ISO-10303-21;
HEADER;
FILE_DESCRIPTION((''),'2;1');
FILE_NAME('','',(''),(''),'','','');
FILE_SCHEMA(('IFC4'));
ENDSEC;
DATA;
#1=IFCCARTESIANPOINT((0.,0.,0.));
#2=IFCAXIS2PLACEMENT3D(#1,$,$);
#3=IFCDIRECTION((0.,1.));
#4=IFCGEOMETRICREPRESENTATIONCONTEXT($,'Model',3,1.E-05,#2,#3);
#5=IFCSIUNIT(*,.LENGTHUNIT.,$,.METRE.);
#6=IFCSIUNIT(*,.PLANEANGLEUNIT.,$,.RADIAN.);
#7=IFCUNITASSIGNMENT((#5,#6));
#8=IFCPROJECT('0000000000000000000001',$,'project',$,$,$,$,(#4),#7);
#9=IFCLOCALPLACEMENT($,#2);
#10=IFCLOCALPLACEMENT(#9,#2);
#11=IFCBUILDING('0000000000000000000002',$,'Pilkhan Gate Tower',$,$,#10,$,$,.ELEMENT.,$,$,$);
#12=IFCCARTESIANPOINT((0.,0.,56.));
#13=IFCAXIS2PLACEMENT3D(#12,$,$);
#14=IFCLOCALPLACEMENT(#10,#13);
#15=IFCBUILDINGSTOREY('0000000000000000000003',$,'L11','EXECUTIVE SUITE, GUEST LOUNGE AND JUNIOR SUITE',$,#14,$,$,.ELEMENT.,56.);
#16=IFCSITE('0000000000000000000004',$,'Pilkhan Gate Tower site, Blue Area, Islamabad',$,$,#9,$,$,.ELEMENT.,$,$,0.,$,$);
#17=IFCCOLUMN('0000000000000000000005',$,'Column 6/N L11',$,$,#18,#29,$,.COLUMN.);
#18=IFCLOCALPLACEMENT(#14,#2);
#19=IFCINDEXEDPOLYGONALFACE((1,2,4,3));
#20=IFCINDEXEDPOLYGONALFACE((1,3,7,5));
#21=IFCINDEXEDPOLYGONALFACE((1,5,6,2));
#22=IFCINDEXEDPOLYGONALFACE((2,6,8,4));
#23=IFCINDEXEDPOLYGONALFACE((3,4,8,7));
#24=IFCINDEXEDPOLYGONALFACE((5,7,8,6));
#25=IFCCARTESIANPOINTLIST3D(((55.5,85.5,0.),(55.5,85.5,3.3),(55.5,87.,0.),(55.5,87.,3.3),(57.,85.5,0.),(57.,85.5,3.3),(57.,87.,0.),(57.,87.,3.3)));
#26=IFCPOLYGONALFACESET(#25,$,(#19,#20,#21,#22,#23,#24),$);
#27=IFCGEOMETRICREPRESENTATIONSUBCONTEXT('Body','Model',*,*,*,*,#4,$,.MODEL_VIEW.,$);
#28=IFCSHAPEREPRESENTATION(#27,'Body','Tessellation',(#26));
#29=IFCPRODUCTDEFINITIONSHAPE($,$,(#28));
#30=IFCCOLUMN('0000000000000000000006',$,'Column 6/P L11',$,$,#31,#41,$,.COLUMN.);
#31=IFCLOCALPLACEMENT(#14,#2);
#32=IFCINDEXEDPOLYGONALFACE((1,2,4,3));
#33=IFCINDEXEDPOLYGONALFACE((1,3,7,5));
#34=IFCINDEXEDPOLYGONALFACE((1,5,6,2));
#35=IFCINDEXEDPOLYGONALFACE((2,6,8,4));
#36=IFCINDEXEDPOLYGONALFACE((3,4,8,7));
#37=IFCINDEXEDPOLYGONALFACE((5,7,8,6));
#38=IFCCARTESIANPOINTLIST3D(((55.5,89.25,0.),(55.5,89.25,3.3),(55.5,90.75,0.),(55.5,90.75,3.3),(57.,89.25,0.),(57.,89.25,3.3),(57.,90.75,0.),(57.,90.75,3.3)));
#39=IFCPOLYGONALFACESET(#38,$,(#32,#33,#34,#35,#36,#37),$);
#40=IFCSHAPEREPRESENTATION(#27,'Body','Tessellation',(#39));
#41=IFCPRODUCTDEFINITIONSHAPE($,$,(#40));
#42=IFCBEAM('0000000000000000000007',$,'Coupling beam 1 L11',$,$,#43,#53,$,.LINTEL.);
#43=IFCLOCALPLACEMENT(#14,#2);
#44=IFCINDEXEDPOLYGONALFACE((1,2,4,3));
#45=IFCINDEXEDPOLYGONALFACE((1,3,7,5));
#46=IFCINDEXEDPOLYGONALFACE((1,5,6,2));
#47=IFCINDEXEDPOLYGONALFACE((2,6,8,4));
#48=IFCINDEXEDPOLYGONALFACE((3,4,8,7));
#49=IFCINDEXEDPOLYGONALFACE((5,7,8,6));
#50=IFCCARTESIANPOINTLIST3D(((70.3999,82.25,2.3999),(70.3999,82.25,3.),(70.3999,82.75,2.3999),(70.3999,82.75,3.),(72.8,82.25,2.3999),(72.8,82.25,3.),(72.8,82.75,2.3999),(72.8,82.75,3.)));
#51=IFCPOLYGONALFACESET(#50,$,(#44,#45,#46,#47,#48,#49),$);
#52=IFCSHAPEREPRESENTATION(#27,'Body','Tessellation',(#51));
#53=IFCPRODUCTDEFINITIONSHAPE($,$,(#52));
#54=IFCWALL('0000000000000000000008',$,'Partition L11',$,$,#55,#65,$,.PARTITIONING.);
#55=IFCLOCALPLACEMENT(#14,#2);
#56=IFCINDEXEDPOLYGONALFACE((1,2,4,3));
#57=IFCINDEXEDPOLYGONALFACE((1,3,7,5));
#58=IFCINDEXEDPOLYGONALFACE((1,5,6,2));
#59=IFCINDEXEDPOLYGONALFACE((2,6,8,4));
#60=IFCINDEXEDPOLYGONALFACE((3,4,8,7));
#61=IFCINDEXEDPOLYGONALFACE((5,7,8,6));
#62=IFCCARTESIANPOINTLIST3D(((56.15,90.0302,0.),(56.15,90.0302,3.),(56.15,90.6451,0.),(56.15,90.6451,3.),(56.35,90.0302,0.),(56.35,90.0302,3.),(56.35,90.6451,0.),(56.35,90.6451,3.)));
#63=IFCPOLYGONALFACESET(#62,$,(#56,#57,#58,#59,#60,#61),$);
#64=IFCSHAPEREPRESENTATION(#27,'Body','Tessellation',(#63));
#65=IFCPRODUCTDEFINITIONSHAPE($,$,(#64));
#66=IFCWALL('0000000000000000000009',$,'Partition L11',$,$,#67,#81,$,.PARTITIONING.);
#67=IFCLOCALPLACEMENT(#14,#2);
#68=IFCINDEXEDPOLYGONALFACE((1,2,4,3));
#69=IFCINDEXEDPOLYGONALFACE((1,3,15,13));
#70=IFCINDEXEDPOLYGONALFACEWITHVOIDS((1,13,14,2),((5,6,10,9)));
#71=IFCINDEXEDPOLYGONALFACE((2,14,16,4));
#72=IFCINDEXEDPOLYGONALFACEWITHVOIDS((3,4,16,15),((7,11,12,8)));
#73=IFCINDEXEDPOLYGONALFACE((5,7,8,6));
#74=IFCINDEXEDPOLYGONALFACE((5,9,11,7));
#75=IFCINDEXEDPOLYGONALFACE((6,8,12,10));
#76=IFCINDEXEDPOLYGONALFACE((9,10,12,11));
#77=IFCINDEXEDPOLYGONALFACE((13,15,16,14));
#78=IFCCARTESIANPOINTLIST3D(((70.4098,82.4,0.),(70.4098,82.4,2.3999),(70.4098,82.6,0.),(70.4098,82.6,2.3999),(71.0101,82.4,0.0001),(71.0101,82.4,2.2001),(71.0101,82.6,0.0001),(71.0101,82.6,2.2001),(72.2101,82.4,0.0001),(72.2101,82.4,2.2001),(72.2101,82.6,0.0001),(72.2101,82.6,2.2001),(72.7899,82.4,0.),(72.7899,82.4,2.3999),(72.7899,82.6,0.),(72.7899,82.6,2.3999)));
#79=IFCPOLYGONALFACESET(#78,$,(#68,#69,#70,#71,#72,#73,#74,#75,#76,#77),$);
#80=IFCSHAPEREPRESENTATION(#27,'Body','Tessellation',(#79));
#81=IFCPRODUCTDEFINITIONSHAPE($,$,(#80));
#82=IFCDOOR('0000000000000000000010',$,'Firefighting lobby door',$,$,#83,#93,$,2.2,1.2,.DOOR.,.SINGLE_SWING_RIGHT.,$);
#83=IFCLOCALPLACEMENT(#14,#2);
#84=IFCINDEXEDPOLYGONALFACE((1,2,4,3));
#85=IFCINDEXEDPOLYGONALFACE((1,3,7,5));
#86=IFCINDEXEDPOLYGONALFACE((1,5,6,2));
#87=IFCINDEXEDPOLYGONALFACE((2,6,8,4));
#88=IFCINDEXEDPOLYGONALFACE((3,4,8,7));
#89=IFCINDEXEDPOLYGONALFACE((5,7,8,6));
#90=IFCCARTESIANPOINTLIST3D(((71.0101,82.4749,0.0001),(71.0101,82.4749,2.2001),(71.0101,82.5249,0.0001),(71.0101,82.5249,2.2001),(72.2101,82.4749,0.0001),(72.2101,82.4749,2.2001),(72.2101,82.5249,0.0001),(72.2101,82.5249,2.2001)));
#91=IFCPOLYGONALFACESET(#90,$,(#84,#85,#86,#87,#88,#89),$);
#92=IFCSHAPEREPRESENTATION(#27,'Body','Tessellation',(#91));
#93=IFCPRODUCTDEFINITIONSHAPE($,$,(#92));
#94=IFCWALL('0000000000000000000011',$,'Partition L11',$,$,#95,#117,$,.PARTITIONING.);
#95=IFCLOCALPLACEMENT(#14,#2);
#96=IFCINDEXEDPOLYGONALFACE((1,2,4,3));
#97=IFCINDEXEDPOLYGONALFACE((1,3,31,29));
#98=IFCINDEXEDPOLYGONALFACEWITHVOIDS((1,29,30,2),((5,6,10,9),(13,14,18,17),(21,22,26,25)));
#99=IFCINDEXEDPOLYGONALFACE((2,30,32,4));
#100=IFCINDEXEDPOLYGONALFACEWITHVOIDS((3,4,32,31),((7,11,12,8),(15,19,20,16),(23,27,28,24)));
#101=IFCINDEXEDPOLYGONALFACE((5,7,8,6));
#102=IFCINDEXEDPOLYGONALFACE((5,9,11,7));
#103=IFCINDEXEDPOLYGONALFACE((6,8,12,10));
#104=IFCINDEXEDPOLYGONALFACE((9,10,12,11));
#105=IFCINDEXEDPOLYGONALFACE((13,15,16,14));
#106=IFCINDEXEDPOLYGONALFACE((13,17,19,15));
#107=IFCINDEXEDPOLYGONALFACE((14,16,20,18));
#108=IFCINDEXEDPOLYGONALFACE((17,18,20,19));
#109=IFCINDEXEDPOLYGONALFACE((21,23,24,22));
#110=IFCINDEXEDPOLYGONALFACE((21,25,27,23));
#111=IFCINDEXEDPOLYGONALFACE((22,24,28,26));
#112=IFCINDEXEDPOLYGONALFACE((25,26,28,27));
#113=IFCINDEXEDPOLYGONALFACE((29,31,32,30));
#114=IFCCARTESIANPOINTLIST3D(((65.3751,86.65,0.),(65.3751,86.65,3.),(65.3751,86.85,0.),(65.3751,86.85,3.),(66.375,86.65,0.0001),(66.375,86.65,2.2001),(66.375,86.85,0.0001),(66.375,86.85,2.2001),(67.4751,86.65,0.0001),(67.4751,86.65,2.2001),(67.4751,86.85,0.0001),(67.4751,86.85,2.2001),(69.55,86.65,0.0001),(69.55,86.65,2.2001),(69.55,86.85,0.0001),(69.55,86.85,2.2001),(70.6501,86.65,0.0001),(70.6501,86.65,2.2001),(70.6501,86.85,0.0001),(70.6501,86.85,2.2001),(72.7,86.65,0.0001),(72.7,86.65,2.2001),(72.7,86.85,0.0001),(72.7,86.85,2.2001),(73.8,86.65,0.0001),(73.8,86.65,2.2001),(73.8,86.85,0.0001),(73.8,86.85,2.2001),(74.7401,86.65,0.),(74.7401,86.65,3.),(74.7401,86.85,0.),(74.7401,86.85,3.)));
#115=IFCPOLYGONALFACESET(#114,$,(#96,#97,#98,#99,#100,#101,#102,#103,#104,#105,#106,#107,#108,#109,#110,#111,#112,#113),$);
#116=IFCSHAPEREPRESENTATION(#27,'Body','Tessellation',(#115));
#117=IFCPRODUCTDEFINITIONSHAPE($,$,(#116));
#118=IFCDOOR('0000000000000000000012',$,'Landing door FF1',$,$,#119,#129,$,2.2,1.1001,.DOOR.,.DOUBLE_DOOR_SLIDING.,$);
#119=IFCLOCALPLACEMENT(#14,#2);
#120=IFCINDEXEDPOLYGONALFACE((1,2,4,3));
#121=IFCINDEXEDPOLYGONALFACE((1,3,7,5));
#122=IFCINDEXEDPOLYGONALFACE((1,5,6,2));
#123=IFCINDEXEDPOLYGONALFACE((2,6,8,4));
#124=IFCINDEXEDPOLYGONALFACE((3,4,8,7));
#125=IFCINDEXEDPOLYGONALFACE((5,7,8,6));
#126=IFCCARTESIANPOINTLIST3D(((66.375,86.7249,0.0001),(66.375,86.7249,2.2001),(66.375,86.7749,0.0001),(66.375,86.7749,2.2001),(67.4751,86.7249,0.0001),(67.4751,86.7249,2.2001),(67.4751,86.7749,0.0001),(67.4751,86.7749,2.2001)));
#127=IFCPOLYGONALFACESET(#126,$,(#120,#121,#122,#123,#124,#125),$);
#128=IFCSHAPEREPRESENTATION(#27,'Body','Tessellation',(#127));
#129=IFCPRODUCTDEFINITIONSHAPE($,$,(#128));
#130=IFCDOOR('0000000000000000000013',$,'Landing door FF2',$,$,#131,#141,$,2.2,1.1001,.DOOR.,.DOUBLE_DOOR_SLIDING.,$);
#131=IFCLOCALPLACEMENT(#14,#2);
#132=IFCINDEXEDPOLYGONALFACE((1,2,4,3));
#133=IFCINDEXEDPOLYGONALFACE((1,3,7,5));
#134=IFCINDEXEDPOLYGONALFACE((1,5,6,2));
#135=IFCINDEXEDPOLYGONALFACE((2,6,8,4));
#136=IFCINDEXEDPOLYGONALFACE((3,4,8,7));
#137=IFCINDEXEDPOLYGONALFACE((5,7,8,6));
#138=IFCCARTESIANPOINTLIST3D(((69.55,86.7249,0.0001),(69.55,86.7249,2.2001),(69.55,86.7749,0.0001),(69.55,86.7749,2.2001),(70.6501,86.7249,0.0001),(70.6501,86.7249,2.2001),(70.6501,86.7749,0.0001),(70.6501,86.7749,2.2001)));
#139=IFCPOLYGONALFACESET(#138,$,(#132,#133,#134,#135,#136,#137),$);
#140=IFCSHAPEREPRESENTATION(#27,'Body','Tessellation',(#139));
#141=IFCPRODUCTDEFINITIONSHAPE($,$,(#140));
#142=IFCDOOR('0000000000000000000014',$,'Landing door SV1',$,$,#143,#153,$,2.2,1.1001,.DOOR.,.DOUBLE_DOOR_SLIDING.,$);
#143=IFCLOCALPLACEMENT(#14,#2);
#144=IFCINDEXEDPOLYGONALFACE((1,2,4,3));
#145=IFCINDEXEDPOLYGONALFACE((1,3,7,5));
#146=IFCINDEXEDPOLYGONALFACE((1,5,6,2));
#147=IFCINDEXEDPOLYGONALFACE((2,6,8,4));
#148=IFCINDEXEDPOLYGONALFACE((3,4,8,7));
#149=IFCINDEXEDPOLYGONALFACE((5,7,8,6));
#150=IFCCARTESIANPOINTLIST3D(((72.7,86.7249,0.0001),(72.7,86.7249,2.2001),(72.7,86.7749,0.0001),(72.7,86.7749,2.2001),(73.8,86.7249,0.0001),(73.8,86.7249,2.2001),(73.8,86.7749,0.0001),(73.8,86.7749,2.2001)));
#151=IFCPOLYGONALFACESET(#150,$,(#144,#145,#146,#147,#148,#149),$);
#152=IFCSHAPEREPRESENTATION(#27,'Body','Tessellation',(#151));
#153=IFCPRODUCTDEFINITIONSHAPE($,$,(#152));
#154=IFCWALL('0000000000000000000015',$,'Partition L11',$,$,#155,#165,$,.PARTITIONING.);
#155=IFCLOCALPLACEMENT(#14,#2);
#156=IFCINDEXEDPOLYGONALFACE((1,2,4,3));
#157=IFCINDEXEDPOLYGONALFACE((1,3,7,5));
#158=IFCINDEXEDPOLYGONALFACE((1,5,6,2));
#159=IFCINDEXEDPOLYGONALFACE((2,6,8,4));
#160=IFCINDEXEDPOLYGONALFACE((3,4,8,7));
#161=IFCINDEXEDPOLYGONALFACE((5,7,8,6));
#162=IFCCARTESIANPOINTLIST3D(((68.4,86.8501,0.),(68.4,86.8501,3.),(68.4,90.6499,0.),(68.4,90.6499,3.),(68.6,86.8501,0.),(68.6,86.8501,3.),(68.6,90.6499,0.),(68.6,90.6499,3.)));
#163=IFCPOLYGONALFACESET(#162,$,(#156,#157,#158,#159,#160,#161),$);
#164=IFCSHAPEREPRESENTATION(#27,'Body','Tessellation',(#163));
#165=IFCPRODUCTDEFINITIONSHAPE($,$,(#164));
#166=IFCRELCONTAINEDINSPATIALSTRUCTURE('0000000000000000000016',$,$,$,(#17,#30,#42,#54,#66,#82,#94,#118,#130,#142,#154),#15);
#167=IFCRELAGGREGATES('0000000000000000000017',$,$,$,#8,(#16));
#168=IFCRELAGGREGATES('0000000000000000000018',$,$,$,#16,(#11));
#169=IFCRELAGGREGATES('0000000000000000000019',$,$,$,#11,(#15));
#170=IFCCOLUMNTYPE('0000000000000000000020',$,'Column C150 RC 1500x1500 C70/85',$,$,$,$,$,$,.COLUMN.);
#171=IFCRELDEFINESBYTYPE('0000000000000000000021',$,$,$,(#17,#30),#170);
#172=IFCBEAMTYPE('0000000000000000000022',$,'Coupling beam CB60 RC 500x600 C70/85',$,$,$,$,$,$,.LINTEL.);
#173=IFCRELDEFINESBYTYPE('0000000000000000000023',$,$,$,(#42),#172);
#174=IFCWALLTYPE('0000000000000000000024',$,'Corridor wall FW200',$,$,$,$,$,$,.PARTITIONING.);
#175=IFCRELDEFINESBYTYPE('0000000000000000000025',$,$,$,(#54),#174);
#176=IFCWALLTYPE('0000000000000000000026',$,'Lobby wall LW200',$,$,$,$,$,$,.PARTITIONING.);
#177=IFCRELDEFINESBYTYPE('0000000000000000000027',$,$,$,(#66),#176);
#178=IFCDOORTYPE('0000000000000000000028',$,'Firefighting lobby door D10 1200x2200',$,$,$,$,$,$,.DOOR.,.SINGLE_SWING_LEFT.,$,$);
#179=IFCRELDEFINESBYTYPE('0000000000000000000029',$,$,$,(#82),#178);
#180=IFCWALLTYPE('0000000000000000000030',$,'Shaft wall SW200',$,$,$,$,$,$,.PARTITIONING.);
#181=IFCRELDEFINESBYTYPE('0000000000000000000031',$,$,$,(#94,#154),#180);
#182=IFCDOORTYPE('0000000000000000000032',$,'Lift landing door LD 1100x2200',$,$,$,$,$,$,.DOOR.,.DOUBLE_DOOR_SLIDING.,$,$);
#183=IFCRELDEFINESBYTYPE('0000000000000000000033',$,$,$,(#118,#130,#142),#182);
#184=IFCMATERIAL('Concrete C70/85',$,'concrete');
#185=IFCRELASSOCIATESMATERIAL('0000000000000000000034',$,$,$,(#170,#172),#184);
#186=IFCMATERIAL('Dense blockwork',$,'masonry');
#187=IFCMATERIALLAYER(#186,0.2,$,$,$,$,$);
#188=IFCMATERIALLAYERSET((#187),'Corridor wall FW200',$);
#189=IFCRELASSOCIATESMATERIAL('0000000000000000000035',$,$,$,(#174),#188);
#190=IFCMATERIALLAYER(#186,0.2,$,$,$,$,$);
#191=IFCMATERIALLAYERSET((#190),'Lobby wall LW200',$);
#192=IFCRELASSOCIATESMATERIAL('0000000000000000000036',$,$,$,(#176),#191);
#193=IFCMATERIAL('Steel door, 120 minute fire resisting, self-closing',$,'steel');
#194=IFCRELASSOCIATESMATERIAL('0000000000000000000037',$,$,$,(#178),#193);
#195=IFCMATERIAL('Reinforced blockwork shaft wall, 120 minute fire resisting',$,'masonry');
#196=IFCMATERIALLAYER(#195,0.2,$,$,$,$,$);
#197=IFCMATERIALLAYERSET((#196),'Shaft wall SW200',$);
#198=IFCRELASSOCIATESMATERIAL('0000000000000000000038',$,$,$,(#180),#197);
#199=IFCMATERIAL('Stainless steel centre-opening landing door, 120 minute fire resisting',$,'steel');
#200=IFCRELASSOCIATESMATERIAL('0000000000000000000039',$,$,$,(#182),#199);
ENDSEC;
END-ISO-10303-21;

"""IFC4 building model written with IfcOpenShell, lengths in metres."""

from ifc_helpers import new_model, si_unit, direction, frame, frame_2d, origin, origin_2d, place, context, subcontext, project, spatial, rectangle, extrude, material, layer, layer_set, material_profile, profile_set, type_object, element, fill, save


model = new_model("IFC4")

# Units and contexts
model_context = context("Model", 3, precision=1e-05, world=origin(), true_north=direction((0.0, 1.0)))
body_context = subcontext(model_context, "Body", "Model", "MODEL_VIEW")
ifc_project = project(units=[si_unit("LENGTHUNIT", "METRE"), si_unit("PLANEANGLEUNIT", "RADIAN")], contexts=[model_context])

# Site, building, storey
site_placement = place(None, origin())
site = spatial("IfcSite", under=ifc_project, at=site_placement, Name="Pilkhan Gate Tower site, Blue Area, Islamabad", CompositionType="ELEMENT", RefElevation=0.0)
building_placement = place(site_placement, origin())
building = spatial("IfcBuilding", under=site, at=building_placement, Name="Pilkhan Gate Tower", CompositionType="ELEMENT")
storey_placement = place(building_placement, frame((0.0, 0.0, 56.0)))
storey = spatial("IfcBuildingStorey", under=building, at=storey_placement, Name="L11", Description="EXECUTIVE SUITE, GUEST LOUNGE AND JUNIOR SUITE", CompositionType="ELEMENT", Elevation=56.0)

# Columns
ifc_material_1 = material(Name="Concrete C70/85", Category="concrete")
ifc_material_profile_1 = material_profile(ifc_material_1, rectangle(XDim=1.5, YDim=1.5, at=origin_2d()), Name="RC 1500x1500")
ifc_profile_set_1 = profile_set([ifc_material_profile_1], Name="Concrete C70/85")
column_type = type_object("IfcColumnType", Name="Column C150 RC 1500x1500 C70/85", PredefinedType="COLUMN", material=ifc_profile_set_1)
for number, where, z_axis, x_axis, name in (
    (1, (56.25, 86.25, 0.0), (0.0, 0.0, 1.0), (1.0, 0.0, 0.0), "Column 6/N L11"),
    (2, (56.25, 90.0, 0.0), (0.0, 0.0, 1.0), (1.0, 0.0, 0.0), "Column 6/P L11"),
):
    element("IfcColumn", number, at=place(storey_placement, frame(where, z_axis=z_axis, x_axis=x_axis)), inside=storey, type_object=column_type, Name=name, PredefinedType="COLUMN", context=body_context, shape_type="SweptSolid", body=[
        extrude(rectangle(XDim=1.5, YDim=1.5, at=origin_2d()), origin(), (0.0, 0.0, 1.0), 3.3),
    ])

# Beam
ifc_material_profile_2 = material_profile(ifc_material_1, rectangle(XDim=0.5, YDim=0.6001, at=origin_2d()), Name="RC 500x600")
ifc_profile_set_2 = profile_set([ifc_material_profile_2], Name="Concrete C70/85")
beam_type = type_object("IfcBeamType", Name="Coupling beam CB60 RC 500x600 C70/85", PredefinedType="LINTEL", material=ifc_profile_set_2)
beam_placement = place(storey_placement, frame((70.3999, 82.5, 2.7), z_axis=(1.0, 0.0, 0.0), x_axis=(0.0, 1.0, 0.0)))
element("IfcBeam", 3, at=beam_placement, inside=storey, type_object=beam_type, Name="Coupling beam 1 L11", PredefinedType="LINTEL", context=body_context, shape_type="SweptSolid", body=[
    extrude(rectangle(XDim=0.5, YDim=0.6001, at=origin_2d()), origin(), (0.0, 0.0, 1.0), 2.4001),
])

# Wall
ifc_material_2 = material(Name="Dense blockwork", Category="masonry")
ifc_layer_1 = layer(ifc_material_2, 0.2)
ifc_layer_set_1 = layer_set([ifc_layer_1], Name="Corridor wall FW200")
wall_type_1 = type_object("IfcWallType", Name="Corridor wall FW200", PredefinedType="PARTITIONING", material=ifc_layer_set_1)
wall_1_placement = place(storey_placement, frame((56.25, 90.03, 0.0), z_axis=(0.0, 0.0, 1.0), x_axis=(0.0, 1.0, 0.0)))
element("IfcWall", 4, at=wall_1_placement, inside=storey, type_object=wall_type_1, Name="Partition L11", PredefinedType="PARTITIONING", context=body_context, shape_type="SweptSolid", body=[
    extrude(rectangle(XDim=0.615, YDim=0.2, at=frame_2d((0.3076, 0.0))), origin(), (0.0, 0.0, 1.0), 3.0),
])

# Wall, opening, door
ifc_layer_2 = layer(ifc_material_2, 0.2)
ifc_layer_set_2 = layer_set([ifc_layer_2], Name="Lobby wall LW200")
wall_type_2 = type_object("IfcWallType", Name="Lobby wall LW200", PredefinedType="PARTITIONING", material=ifc_layer_set_2)
wall_2_placement = place(storey_placement, frame((70.4099, 82.5, 0.0), z_axis=(0.0, 0.0, 1.0), x_axis=(1.0, 0.0, 0.0)))
wall_2 = element("IfcWall", 5, at=wall_2_placement, inside=storey, type_object=wall_type_2, Name="Partition L11", PredefinedType="PARTITIONING", context=body_context, shape_type="SweptSolid", body=[
    extrude(rectangle(XDim=2.3801, YDim=0.2, at=frame_2d((1.1899, 0.0))), origin(), (0.0, 0.0, 1.0), 2.3999),
])
opening_1_placement = place(wall_2_placement, frame((0.6001, 0.0, 0.0)))
opening_1 = element("IfcOpeningElement", 6, at=opening_1_placement, cuts=wall_2, PredefinedType="OPENING", context=body_context, shape_type="SweptSolid", body=[
    extrude(rectangle(XDim=1.2, YDim=2.2, at=frame_2d((0.6001, 1.1001))), frame((0.0, 0.1099, 0.0), z_axis=(0.0, -1.0, 0.0), x_axis=(1.0, 0.0, 0.0)), (0.0, 0.0, 1.0), 0.22),
])
ifc_material_3 = material(Name="Steel door, 120 minute fire resisting, self-closing", Category="steel")
door_type_1 = type_object("IfcDoorType", Name="Firefighting lobby door D10 1200x2200", OperationType="SINGLE_SWING_LEFT", PredefinedType="DOOR", material=ifc_material_3)
door_1_placement = place(opening_1_placement, origin())
door_1 = element("IfcDoor", 7, at=door_1_placement, inside=storey, type_object=door_type_1, Name="Firefighting lobby door", OperationType="SINGLE_SWING_RIGHT", OverallHeight=2.2, OverallWidth=1.2, PredefinedType="DOOR", context=body_context, shape_type="SweptSolid", body=[
    extrude(rectangle(XDim=1.2, YDim=2.2, at=frame_2d((0.6001, 1.1001))), frame((0.0, 0.0249, 0.0), z_axis=(0.0, -1.0, 0.0), x_axis=(1.0, 0.0, 0.0)), (0.0, 0.0, 1.0), 0.05),
])
fill(opening_1, door_1)

# Wall, openings, doors
ifc_material_4 = material(Name="Reinforced blockwork shaft wall, 120 minute fire resisting", Category="masonry")
ifc_layer_3 = layer(ifc_material_4, 0.2)
ifc_layer_set_3 = layer_set([ifc_layer_3], Name="Shaft wall SW200")
wall_type_3 = type_object("IfcWallType", Name="Shaft wall SW200", PredefinedType="PARTITIONING", material=ifc_layer_set_3)
wall_3_placement = place(storey_placement, frame((65.375, 86.75, 0.0), z_axis=(0.0, 0.0, 1.0), x_axis=(1.0, 0.0, 0.0)))
wall_3 = element("IfcWall", 8, at=wall_3_placement, inside=storey, type_object=wall_type_3, Name="Partition L11", PredefinedType="PARTITIONING", context=body_context, shape_type="SweptSolid", body=[
    extrude(rectangle(XDim=9.365, YDim=0.2, at=frame_2d((4.6826, 0.0))), origin(), (0.0, 0.0, 1.0), 3.0),
])
opening_2_placement = place(wall_3_placement, frame((1.0, 0.0, 0.0)))
opening_2 = element("IfcOpeningElement", 9, at=opening_2_placement, cuts=wall_3, PredefinedType="OPENING", context=body_context, shape_type="SweptSolid", body=[
    extrude(rectangle(XDim=1.1001, YDim=2.2, at=frame_2d((0.55, 1.1001))), frame((0.0, 0.1099, 0.0), z_axis=(0.0, -1.0, 0.0), x_axis=(1.0, 0.0, 0.0)), (0.0, 0.0, 1.0), 0.22),
])
opening_3_placement = place(wall_3_placement, frame((4.175, 0.0, 0.0)))
opening_3 = element("IfcOpeningElement", 10, at=opening_3_placement, cuts=wall_3, PredefinedType="OPENING", context=body_context, shape_type="SweptSolid", body=[
    extrude(rectangle(XDim=1.1001, YDim=2.2, at=frame_2d((0.55, 1.1001))), frame((0.0, 0.1099, 0.0), z_axis=(0.0, -1.0, 0.0), x_axis=(1.0, 0.0, 0.0)), (0.0, 0.0, 1.0), 0.22),
])
opening_4_placement = place(wall_3_placement, frame((7.325, 0.0, 0.0)))
opening_4 = element("IfcOpeningElement", 11, at=opening_4_placement, cuts=wall_3, PredefinedType="OPENING", context=body_context, shape_type="SweptSolid", body=[
    extrude(rectangle(XDim=1.1001, YDim=2.2, at=frame_2d((0.55, 1.1001))), frame((0.0, 0.1099, 0.0), z_axis=(0.0, -1.0, 0.0), x_axis=(1.0, 0.0, 0.0)), (0.0, 0.0, 1.0), 0.22),
])
ifc_material_5 = material(Name="Stainless steel centre-opening landing door, 120 minute fire resisting", Category="steel")
door_type_2 = type_object("IfcDoorType", Name="Lift landing door LD 1100x2200", OperationType="DOUBLE_DOOR_SLIDING", PredefinedType="DOOR", material=ifc_material_5)
door_2_placement = place(opening_2_placement, origin())
door_2 = element("IfcDoor", 12, at=door_2_placement, inside=storey, type_object=door_type_2, Name="Landing door FF1", OperationType="DOUBLE_DOOR_SLIDING", OverallHeight=2.2, OverallWidth=1.1001, PredefinedType="DOOR", context=body_context, shape_type="SweptSolid", body=[
    extrude(rectangle(XDim=1.1001, YDim=2.2, at=frame_2d((0.55, 1.1001))), frame((0.0, 0.0249, 0.0), z_axis=(0.0, -1.0, 0.0), x_axis=(1.0, 0.0, 0.0)), (0.0, 0.0, 1.0), 0.05),
])
fill(opening_2, door_2)
door_3_placement = place(opening_3_placement, origin())
door_3 = element("IfcDoor", 13, at=door_3_placement, inside=storey, type_object=door_type_2, Name="Landing door FF2", OperationType="DOUBLE_DOOR_SLIDING", OverallHeight=2.2, OverallWidth=1.1001, PredefinedType="DOOR", context=body_context, shape_type="SweptSolid", body=[
    extrude(rectangle(XDim=1.1001, YDim=2.2, at=frame_2d((0.55, 1.1001))), frame((0.0, 0.0249, 0.0), z_axis=(0.0, -1.0, 0.0), x_axis=(1.0, 0.0, 0.0)), (0.0, 0.0, 1.0), 0.05),
])
fill(opening_3, door_3)
door_4_placement = place(opening_4_placement, origin())
door_4 = element("IfcDoor", 14, at=door_4_placement, inside=storey, type_object=door_type_2, Name="Landing door SV1", OperationType="DOUBLE_DOOR_SLIDING", OverallHeight=2.2, OverallWidth=1.1001, PredefinedType="DOOR", context=body_context, shape_type="SweptSolid", body=[
    extrude(rectangle(XDim=1.1001, YDim=2.2, at=frame_2d((0.55, 1.1001))), frame((0.0, 0.0249, 0.0), z_axis=(0.0, -1.0, 0.0), x_axis=(1.0, 0.0, 0.0)), (0.0, 0.0, 1.0), 0.05),
])
fill(opening_4, door_4)

# Wall
for number, where, z_axis, x_axis, name in (
    (15, (68.5, 86.8501, 0.0), (0.0, 0.0, 1.0), (0.0, 1.0, 0.0), "Partition L11"),
):
    element("IfcWall", number, at=place(storey_placement, frame(where, z_axis=z_axis, x_axis=x_axis)), inside=storey, type_object=wall_type_3, Name=name, PredefinedType="PARTITIONING", context=body_context, shape_type="SweptSolid", body=[
        extrude(rectangle(XDim=3.7998, YDim=0.2, at=frame_2d((1.8999, 0.0))), origin(), (0.0, 0.0, 1.0), 3.0),
    ])

save(model, "model.ifc")
